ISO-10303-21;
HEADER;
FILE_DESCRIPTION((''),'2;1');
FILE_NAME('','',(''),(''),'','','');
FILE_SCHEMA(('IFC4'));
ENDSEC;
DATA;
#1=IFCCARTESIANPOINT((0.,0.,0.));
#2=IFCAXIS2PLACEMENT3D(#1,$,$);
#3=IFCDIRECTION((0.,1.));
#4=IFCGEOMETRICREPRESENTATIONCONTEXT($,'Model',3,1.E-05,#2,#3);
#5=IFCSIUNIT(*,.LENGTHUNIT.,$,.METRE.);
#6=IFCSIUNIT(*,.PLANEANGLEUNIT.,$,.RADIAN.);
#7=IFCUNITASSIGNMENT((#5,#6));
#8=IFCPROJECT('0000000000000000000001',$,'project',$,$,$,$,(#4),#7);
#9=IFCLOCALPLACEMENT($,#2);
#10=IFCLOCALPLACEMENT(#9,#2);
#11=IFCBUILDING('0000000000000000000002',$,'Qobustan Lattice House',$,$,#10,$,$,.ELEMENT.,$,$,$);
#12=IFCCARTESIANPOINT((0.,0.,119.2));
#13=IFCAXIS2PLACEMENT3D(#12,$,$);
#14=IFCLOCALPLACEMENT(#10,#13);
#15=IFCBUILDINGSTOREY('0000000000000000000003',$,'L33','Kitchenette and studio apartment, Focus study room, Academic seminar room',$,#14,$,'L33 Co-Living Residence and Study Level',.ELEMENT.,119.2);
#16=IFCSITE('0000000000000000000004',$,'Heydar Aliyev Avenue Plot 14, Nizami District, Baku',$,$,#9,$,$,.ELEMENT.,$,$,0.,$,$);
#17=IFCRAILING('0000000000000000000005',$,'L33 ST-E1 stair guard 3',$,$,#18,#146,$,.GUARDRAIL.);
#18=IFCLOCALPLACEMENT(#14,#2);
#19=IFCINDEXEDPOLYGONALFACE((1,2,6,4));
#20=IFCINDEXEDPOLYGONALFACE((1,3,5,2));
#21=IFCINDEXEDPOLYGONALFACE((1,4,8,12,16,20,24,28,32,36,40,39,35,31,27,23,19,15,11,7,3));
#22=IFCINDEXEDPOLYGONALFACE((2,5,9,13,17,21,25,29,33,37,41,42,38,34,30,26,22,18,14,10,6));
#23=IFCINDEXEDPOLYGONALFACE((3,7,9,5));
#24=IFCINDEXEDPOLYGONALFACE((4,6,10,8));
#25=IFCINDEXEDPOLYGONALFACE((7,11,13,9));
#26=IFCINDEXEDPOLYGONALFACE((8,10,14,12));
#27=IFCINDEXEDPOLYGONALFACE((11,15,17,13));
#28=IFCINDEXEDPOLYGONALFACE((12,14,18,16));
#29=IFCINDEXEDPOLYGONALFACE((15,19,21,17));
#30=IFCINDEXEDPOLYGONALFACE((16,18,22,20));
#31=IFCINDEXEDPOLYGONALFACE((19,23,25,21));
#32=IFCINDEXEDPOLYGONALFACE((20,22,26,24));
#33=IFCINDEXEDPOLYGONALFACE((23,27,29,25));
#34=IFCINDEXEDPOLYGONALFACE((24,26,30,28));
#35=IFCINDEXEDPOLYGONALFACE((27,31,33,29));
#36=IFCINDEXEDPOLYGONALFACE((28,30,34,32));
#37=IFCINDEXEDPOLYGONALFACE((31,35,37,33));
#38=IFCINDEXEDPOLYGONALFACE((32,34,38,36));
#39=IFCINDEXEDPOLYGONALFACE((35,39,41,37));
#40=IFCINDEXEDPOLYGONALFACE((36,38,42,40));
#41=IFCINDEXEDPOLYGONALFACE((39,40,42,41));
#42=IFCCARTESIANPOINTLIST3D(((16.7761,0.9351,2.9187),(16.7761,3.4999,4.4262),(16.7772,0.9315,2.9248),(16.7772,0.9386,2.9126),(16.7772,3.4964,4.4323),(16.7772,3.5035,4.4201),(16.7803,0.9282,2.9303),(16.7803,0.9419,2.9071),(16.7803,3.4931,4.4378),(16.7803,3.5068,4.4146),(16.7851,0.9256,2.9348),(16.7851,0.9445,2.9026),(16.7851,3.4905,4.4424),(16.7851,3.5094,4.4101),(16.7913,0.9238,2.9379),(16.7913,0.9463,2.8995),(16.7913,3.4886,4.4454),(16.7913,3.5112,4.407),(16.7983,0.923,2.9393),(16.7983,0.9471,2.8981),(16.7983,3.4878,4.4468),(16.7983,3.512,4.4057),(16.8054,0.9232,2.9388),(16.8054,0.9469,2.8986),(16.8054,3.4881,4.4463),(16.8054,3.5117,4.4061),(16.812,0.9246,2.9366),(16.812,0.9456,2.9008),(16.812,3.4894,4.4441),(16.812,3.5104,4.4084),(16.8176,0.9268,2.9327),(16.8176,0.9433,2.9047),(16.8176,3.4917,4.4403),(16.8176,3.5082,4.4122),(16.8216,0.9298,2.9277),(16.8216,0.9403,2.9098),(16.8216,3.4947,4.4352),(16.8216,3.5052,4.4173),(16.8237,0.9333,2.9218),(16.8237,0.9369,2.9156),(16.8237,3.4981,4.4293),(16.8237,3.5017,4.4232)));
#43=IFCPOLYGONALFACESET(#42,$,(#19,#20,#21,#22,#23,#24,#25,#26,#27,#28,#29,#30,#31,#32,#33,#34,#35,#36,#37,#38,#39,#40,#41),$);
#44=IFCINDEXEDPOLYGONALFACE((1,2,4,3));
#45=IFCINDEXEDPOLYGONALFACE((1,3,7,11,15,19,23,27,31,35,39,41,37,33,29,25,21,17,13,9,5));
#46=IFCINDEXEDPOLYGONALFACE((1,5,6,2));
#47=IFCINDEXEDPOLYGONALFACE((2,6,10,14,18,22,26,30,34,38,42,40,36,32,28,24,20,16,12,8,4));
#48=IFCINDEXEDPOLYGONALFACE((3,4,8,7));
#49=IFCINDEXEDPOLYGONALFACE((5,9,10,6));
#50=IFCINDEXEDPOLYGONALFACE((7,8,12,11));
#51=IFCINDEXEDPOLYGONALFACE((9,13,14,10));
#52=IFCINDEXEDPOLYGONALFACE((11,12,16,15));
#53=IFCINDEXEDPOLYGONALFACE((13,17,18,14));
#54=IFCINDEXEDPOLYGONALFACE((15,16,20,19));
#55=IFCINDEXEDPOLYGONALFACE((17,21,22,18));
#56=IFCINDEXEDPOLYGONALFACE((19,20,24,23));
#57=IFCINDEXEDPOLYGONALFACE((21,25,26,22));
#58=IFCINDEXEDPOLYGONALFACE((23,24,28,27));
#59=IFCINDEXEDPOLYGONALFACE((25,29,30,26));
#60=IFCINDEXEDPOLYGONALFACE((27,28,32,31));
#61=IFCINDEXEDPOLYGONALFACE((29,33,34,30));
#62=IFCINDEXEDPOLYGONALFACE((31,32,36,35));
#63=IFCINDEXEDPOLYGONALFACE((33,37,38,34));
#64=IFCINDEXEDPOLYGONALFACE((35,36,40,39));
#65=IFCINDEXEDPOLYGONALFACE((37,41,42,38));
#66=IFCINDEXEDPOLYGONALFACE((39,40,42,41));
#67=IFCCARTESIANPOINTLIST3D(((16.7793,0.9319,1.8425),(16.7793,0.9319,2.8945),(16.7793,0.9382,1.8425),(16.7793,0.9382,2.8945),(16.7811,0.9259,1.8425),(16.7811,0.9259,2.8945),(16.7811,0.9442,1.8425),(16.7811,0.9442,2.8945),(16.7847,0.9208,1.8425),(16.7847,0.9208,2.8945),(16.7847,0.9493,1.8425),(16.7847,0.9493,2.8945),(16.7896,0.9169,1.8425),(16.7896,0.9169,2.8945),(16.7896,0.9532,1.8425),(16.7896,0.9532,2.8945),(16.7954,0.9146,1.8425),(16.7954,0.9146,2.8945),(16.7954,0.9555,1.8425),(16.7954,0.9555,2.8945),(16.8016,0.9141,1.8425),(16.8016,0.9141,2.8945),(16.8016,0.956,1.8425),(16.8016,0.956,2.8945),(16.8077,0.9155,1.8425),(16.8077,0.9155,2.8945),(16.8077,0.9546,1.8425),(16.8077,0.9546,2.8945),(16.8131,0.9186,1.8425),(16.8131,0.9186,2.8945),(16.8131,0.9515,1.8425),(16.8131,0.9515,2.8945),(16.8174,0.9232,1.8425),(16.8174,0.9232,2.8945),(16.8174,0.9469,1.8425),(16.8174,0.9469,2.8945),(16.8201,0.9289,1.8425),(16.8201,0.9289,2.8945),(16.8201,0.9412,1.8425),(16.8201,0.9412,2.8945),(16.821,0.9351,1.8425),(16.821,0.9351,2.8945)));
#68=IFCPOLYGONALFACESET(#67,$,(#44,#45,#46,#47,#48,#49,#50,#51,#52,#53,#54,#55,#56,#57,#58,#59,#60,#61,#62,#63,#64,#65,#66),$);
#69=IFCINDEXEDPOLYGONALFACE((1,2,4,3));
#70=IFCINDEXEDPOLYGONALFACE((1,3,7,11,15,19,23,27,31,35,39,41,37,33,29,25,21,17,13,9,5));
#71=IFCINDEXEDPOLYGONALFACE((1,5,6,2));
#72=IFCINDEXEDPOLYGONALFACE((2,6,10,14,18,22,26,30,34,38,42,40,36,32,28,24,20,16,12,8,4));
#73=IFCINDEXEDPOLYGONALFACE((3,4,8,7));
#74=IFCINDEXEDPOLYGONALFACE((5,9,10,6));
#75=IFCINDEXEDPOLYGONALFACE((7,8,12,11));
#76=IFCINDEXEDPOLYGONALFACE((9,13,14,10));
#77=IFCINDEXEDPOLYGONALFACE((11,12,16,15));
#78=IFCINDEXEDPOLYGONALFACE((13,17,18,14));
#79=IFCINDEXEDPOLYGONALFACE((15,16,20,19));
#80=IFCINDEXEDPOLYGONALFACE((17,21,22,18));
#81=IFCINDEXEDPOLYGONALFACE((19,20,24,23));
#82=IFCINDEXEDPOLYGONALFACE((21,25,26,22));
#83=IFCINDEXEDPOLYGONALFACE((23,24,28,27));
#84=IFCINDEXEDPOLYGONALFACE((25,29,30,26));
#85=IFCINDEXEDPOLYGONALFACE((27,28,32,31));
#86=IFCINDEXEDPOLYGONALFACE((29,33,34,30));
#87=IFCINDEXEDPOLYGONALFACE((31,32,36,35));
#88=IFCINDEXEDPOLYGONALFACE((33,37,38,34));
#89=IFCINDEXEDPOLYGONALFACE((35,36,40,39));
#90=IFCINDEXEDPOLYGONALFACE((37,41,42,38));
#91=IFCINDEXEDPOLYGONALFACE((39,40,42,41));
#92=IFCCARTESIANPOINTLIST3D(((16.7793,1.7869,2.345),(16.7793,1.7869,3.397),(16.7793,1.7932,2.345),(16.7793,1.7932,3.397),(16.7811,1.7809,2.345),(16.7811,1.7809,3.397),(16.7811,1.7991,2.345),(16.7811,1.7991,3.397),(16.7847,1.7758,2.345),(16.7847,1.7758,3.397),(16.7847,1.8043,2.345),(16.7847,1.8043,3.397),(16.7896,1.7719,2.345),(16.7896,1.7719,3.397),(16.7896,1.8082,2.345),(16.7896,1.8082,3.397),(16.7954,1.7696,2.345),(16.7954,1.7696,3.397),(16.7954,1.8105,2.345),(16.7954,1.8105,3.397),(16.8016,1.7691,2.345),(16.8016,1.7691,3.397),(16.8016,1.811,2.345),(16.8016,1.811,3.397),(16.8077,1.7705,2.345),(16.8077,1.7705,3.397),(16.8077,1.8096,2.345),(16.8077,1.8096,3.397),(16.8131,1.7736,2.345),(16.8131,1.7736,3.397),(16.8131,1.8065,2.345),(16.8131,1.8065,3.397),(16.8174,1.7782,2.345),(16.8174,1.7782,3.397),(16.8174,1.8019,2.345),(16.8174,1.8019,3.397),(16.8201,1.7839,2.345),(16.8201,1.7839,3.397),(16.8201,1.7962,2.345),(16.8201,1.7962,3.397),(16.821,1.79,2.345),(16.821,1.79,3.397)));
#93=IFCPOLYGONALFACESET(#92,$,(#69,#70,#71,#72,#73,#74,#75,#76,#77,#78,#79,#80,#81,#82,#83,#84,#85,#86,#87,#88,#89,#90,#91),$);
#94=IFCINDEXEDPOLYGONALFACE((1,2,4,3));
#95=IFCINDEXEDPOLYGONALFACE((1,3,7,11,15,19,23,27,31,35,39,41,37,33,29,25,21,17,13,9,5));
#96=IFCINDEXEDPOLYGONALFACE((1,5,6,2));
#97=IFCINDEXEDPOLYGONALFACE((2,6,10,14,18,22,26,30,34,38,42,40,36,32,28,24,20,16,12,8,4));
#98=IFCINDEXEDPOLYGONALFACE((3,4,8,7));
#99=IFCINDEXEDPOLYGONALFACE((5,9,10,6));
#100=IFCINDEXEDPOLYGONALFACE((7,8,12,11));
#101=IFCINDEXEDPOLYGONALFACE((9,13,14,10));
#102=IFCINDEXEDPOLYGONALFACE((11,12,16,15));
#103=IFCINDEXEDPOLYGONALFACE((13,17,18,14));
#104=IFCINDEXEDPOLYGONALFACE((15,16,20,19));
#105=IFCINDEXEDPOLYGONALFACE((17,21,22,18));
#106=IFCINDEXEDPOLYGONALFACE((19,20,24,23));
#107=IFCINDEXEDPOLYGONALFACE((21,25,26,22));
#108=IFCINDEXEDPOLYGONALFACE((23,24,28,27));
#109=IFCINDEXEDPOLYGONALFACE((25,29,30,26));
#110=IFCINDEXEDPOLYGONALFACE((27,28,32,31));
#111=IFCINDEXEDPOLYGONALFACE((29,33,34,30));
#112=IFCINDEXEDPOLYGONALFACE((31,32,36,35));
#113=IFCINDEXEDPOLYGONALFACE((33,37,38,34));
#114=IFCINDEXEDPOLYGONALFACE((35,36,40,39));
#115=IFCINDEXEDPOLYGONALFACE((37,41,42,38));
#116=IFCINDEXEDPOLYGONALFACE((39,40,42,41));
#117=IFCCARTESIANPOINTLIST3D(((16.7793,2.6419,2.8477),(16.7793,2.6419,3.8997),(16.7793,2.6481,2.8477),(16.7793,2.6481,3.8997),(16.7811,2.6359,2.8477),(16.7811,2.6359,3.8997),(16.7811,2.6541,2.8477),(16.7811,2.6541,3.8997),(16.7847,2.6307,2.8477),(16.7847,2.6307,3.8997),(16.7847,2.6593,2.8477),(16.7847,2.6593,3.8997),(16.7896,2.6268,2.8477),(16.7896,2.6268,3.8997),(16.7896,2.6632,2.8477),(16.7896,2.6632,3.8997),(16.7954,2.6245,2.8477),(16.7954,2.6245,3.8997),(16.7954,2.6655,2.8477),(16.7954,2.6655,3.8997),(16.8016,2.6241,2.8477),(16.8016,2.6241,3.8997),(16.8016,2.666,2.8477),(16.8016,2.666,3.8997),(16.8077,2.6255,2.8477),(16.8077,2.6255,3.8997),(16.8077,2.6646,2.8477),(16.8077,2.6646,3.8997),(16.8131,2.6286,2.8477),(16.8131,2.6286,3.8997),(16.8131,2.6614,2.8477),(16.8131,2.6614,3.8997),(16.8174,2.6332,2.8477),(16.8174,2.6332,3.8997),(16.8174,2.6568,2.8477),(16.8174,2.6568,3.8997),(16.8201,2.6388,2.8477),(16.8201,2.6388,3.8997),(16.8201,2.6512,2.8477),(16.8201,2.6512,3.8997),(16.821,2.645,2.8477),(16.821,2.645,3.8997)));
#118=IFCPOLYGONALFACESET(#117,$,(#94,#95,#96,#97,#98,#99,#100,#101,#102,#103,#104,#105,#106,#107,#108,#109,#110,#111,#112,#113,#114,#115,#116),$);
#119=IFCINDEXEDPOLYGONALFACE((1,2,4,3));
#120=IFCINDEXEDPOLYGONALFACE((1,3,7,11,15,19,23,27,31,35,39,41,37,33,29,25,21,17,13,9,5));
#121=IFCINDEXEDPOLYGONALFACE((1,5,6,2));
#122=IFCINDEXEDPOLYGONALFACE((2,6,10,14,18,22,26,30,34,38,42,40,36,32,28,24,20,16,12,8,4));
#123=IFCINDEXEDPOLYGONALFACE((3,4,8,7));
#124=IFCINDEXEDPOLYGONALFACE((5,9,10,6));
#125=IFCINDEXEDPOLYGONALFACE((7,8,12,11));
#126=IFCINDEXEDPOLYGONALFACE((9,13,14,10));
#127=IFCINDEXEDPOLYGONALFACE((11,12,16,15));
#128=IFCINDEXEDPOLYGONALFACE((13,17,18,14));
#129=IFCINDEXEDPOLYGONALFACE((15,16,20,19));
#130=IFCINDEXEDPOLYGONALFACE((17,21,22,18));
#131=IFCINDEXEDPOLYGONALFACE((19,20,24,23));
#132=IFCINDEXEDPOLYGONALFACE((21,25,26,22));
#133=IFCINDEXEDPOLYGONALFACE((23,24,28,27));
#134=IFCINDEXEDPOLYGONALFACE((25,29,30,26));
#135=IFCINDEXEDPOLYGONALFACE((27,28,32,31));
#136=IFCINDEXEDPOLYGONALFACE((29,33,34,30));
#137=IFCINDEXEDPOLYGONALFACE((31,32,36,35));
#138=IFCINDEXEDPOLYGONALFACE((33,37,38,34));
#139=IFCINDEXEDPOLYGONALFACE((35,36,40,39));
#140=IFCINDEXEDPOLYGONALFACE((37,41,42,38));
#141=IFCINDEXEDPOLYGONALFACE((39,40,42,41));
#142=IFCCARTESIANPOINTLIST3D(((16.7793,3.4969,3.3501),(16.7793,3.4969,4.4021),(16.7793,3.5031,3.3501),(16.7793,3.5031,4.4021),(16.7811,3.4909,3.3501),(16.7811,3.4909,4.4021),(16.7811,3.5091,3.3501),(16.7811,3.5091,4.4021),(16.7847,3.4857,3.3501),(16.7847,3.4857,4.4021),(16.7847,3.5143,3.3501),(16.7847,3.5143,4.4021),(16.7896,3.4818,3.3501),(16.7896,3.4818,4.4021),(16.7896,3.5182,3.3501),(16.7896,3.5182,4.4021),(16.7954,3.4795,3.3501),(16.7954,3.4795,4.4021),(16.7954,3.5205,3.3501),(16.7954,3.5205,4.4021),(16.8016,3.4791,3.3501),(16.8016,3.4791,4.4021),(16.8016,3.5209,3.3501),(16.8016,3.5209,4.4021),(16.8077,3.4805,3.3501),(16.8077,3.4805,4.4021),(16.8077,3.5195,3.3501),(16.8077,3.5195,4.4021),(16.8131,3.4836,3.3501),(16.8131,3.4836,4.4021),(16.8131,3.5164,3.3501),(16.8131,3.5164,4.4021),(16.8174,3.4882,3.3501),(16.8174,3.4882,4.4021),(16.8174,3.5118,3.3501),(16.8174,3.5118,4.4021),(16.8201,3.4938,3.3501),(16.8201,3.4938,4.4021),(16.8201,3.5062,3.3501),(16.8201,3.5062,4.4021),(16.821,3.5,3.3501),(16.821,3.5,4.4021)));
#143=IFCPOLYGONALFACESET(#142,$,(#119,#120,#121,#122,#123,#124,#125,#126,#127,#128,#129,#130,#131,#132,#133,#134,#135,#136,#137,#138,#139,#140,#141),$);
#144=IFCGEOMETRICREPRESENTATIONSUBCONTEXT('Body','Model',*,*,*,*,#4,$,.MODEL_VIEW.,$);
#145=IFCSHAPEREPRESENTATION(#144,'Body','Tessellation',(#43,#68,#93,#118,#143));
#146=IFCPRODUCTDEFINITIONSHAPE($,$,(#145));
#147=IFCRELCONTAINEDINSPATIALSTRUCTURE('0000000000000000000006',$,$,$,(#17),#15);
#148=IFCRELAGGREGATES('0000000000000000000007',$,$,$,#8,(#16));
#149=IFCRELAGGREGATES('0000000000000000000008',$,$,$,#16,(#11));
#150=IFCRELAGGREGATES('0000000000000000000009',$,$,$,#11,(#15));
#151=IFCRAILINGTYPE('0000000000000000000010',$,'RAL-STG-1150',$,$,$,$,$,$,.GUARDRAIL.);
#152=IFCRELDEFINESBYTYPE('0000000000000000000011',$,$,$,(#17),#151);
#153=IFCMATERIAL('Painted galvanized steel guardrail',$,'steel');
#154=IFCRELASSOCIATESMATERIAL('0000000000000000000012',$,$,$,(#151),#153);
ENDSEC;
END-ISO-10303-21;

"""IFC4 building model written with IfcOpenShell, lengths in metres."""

from ifc_helpers import new_model, si_unit, direction, frame, origin, origin_2d, place, context, subcontext, project, spatial, circle, extrude, material, type_object, element, save


model = new_model("IFC4")

# Units and contexts
model_context = context("Model", 3, precision=1e-05, world=origin(), true_north=direction((0.0, 1.0)))
body_context = subcontext(model_context, "Body", "Model", "MODEL_VIEW")
ifc_project = project(units=[si_unit("LENGTHUNIT", "METRE"), si_unit("PLANEANGLEUNIT", "RADIAN")], contexts=[model_context])

# Site, building, storey
site_placement = place(None, origin())
site = spatial("IfcSite", under=ifc_project, at=site_placement, Name="Heydar Aliyev Avenue Plot 14, Nizami District, Baku", CompositionType="ELEMENT", RefElevation=0.0)
building_placement = place(site_placement, origin())
building = spatial("IfcBuilding", under=site, at=building_placement, Name="Qobustan Lattice House", CompositionType="ELEMENT")
storey_placement = place(building_placement, frame((0.0, 0.0, 119.2)))
storey = spatial("IfcBuildingStorey", under=building, at=storey_placement, Name="L33", Description="Kitchenette and studio apartment, Focus study room, Academic seminar room", LongName="L33 Co-Living Residence and Study Level", CompositionType="ELEMENT", Elevation=119.2)

# Railing
ifc_material_1 = material(Name="Painted galvanized steel guardrail", Category="steel")
railing_type_1 = type_object("IfcRailingType", Name="RAL-STG-1150", PredefinedType="GUARDRAIL", material=ifc_material_1)
railing_1_placement = place(storey_placement, frame((16.8, 0.9351, 1.8425)))
element("IfcRailing", 1, at=railing_1_placement, inside=storey, type_object=railing_type_1, Name="L33 ST-E1 stair guard 3", PredefinedType="GUARDRAIL", context=body_context, shape_type="SweptSolid", body=[
    extrude(circle(Radius=0.0239, at=origin_2d()), frame((0.0, 0.0, 1.0762), z_axis=(0.0, 0.862113, 0.506715), x_axis=(-1.0, 0.0, 0.0)), (0.0, 0.0, 1.0), 2.9751),
    extrude(circle(Radius=0.021, at=origin_2d()), origin(), (0.0, 0.0, 1.0), 1.052),
    extrude(circle(Radius=0.021, at=origin_2d()), frame((0.0, 0.855, 0.5024)), (0.0, 0.0, 1.0), 1.052),
    extrude(circle(Radius=0.021, at=origin_2d()), frame((0.0, 1.71, 1.0051)), (0.0, 0.0, 1.0), 1.052),
    extrude(circle(Radius=0.021, at=origin_2d()), frame((0.0, 2.5649, 1.5076)), (0.0, 0.0, 1.0), 1.052),
])

save(model, "model.ifc")
